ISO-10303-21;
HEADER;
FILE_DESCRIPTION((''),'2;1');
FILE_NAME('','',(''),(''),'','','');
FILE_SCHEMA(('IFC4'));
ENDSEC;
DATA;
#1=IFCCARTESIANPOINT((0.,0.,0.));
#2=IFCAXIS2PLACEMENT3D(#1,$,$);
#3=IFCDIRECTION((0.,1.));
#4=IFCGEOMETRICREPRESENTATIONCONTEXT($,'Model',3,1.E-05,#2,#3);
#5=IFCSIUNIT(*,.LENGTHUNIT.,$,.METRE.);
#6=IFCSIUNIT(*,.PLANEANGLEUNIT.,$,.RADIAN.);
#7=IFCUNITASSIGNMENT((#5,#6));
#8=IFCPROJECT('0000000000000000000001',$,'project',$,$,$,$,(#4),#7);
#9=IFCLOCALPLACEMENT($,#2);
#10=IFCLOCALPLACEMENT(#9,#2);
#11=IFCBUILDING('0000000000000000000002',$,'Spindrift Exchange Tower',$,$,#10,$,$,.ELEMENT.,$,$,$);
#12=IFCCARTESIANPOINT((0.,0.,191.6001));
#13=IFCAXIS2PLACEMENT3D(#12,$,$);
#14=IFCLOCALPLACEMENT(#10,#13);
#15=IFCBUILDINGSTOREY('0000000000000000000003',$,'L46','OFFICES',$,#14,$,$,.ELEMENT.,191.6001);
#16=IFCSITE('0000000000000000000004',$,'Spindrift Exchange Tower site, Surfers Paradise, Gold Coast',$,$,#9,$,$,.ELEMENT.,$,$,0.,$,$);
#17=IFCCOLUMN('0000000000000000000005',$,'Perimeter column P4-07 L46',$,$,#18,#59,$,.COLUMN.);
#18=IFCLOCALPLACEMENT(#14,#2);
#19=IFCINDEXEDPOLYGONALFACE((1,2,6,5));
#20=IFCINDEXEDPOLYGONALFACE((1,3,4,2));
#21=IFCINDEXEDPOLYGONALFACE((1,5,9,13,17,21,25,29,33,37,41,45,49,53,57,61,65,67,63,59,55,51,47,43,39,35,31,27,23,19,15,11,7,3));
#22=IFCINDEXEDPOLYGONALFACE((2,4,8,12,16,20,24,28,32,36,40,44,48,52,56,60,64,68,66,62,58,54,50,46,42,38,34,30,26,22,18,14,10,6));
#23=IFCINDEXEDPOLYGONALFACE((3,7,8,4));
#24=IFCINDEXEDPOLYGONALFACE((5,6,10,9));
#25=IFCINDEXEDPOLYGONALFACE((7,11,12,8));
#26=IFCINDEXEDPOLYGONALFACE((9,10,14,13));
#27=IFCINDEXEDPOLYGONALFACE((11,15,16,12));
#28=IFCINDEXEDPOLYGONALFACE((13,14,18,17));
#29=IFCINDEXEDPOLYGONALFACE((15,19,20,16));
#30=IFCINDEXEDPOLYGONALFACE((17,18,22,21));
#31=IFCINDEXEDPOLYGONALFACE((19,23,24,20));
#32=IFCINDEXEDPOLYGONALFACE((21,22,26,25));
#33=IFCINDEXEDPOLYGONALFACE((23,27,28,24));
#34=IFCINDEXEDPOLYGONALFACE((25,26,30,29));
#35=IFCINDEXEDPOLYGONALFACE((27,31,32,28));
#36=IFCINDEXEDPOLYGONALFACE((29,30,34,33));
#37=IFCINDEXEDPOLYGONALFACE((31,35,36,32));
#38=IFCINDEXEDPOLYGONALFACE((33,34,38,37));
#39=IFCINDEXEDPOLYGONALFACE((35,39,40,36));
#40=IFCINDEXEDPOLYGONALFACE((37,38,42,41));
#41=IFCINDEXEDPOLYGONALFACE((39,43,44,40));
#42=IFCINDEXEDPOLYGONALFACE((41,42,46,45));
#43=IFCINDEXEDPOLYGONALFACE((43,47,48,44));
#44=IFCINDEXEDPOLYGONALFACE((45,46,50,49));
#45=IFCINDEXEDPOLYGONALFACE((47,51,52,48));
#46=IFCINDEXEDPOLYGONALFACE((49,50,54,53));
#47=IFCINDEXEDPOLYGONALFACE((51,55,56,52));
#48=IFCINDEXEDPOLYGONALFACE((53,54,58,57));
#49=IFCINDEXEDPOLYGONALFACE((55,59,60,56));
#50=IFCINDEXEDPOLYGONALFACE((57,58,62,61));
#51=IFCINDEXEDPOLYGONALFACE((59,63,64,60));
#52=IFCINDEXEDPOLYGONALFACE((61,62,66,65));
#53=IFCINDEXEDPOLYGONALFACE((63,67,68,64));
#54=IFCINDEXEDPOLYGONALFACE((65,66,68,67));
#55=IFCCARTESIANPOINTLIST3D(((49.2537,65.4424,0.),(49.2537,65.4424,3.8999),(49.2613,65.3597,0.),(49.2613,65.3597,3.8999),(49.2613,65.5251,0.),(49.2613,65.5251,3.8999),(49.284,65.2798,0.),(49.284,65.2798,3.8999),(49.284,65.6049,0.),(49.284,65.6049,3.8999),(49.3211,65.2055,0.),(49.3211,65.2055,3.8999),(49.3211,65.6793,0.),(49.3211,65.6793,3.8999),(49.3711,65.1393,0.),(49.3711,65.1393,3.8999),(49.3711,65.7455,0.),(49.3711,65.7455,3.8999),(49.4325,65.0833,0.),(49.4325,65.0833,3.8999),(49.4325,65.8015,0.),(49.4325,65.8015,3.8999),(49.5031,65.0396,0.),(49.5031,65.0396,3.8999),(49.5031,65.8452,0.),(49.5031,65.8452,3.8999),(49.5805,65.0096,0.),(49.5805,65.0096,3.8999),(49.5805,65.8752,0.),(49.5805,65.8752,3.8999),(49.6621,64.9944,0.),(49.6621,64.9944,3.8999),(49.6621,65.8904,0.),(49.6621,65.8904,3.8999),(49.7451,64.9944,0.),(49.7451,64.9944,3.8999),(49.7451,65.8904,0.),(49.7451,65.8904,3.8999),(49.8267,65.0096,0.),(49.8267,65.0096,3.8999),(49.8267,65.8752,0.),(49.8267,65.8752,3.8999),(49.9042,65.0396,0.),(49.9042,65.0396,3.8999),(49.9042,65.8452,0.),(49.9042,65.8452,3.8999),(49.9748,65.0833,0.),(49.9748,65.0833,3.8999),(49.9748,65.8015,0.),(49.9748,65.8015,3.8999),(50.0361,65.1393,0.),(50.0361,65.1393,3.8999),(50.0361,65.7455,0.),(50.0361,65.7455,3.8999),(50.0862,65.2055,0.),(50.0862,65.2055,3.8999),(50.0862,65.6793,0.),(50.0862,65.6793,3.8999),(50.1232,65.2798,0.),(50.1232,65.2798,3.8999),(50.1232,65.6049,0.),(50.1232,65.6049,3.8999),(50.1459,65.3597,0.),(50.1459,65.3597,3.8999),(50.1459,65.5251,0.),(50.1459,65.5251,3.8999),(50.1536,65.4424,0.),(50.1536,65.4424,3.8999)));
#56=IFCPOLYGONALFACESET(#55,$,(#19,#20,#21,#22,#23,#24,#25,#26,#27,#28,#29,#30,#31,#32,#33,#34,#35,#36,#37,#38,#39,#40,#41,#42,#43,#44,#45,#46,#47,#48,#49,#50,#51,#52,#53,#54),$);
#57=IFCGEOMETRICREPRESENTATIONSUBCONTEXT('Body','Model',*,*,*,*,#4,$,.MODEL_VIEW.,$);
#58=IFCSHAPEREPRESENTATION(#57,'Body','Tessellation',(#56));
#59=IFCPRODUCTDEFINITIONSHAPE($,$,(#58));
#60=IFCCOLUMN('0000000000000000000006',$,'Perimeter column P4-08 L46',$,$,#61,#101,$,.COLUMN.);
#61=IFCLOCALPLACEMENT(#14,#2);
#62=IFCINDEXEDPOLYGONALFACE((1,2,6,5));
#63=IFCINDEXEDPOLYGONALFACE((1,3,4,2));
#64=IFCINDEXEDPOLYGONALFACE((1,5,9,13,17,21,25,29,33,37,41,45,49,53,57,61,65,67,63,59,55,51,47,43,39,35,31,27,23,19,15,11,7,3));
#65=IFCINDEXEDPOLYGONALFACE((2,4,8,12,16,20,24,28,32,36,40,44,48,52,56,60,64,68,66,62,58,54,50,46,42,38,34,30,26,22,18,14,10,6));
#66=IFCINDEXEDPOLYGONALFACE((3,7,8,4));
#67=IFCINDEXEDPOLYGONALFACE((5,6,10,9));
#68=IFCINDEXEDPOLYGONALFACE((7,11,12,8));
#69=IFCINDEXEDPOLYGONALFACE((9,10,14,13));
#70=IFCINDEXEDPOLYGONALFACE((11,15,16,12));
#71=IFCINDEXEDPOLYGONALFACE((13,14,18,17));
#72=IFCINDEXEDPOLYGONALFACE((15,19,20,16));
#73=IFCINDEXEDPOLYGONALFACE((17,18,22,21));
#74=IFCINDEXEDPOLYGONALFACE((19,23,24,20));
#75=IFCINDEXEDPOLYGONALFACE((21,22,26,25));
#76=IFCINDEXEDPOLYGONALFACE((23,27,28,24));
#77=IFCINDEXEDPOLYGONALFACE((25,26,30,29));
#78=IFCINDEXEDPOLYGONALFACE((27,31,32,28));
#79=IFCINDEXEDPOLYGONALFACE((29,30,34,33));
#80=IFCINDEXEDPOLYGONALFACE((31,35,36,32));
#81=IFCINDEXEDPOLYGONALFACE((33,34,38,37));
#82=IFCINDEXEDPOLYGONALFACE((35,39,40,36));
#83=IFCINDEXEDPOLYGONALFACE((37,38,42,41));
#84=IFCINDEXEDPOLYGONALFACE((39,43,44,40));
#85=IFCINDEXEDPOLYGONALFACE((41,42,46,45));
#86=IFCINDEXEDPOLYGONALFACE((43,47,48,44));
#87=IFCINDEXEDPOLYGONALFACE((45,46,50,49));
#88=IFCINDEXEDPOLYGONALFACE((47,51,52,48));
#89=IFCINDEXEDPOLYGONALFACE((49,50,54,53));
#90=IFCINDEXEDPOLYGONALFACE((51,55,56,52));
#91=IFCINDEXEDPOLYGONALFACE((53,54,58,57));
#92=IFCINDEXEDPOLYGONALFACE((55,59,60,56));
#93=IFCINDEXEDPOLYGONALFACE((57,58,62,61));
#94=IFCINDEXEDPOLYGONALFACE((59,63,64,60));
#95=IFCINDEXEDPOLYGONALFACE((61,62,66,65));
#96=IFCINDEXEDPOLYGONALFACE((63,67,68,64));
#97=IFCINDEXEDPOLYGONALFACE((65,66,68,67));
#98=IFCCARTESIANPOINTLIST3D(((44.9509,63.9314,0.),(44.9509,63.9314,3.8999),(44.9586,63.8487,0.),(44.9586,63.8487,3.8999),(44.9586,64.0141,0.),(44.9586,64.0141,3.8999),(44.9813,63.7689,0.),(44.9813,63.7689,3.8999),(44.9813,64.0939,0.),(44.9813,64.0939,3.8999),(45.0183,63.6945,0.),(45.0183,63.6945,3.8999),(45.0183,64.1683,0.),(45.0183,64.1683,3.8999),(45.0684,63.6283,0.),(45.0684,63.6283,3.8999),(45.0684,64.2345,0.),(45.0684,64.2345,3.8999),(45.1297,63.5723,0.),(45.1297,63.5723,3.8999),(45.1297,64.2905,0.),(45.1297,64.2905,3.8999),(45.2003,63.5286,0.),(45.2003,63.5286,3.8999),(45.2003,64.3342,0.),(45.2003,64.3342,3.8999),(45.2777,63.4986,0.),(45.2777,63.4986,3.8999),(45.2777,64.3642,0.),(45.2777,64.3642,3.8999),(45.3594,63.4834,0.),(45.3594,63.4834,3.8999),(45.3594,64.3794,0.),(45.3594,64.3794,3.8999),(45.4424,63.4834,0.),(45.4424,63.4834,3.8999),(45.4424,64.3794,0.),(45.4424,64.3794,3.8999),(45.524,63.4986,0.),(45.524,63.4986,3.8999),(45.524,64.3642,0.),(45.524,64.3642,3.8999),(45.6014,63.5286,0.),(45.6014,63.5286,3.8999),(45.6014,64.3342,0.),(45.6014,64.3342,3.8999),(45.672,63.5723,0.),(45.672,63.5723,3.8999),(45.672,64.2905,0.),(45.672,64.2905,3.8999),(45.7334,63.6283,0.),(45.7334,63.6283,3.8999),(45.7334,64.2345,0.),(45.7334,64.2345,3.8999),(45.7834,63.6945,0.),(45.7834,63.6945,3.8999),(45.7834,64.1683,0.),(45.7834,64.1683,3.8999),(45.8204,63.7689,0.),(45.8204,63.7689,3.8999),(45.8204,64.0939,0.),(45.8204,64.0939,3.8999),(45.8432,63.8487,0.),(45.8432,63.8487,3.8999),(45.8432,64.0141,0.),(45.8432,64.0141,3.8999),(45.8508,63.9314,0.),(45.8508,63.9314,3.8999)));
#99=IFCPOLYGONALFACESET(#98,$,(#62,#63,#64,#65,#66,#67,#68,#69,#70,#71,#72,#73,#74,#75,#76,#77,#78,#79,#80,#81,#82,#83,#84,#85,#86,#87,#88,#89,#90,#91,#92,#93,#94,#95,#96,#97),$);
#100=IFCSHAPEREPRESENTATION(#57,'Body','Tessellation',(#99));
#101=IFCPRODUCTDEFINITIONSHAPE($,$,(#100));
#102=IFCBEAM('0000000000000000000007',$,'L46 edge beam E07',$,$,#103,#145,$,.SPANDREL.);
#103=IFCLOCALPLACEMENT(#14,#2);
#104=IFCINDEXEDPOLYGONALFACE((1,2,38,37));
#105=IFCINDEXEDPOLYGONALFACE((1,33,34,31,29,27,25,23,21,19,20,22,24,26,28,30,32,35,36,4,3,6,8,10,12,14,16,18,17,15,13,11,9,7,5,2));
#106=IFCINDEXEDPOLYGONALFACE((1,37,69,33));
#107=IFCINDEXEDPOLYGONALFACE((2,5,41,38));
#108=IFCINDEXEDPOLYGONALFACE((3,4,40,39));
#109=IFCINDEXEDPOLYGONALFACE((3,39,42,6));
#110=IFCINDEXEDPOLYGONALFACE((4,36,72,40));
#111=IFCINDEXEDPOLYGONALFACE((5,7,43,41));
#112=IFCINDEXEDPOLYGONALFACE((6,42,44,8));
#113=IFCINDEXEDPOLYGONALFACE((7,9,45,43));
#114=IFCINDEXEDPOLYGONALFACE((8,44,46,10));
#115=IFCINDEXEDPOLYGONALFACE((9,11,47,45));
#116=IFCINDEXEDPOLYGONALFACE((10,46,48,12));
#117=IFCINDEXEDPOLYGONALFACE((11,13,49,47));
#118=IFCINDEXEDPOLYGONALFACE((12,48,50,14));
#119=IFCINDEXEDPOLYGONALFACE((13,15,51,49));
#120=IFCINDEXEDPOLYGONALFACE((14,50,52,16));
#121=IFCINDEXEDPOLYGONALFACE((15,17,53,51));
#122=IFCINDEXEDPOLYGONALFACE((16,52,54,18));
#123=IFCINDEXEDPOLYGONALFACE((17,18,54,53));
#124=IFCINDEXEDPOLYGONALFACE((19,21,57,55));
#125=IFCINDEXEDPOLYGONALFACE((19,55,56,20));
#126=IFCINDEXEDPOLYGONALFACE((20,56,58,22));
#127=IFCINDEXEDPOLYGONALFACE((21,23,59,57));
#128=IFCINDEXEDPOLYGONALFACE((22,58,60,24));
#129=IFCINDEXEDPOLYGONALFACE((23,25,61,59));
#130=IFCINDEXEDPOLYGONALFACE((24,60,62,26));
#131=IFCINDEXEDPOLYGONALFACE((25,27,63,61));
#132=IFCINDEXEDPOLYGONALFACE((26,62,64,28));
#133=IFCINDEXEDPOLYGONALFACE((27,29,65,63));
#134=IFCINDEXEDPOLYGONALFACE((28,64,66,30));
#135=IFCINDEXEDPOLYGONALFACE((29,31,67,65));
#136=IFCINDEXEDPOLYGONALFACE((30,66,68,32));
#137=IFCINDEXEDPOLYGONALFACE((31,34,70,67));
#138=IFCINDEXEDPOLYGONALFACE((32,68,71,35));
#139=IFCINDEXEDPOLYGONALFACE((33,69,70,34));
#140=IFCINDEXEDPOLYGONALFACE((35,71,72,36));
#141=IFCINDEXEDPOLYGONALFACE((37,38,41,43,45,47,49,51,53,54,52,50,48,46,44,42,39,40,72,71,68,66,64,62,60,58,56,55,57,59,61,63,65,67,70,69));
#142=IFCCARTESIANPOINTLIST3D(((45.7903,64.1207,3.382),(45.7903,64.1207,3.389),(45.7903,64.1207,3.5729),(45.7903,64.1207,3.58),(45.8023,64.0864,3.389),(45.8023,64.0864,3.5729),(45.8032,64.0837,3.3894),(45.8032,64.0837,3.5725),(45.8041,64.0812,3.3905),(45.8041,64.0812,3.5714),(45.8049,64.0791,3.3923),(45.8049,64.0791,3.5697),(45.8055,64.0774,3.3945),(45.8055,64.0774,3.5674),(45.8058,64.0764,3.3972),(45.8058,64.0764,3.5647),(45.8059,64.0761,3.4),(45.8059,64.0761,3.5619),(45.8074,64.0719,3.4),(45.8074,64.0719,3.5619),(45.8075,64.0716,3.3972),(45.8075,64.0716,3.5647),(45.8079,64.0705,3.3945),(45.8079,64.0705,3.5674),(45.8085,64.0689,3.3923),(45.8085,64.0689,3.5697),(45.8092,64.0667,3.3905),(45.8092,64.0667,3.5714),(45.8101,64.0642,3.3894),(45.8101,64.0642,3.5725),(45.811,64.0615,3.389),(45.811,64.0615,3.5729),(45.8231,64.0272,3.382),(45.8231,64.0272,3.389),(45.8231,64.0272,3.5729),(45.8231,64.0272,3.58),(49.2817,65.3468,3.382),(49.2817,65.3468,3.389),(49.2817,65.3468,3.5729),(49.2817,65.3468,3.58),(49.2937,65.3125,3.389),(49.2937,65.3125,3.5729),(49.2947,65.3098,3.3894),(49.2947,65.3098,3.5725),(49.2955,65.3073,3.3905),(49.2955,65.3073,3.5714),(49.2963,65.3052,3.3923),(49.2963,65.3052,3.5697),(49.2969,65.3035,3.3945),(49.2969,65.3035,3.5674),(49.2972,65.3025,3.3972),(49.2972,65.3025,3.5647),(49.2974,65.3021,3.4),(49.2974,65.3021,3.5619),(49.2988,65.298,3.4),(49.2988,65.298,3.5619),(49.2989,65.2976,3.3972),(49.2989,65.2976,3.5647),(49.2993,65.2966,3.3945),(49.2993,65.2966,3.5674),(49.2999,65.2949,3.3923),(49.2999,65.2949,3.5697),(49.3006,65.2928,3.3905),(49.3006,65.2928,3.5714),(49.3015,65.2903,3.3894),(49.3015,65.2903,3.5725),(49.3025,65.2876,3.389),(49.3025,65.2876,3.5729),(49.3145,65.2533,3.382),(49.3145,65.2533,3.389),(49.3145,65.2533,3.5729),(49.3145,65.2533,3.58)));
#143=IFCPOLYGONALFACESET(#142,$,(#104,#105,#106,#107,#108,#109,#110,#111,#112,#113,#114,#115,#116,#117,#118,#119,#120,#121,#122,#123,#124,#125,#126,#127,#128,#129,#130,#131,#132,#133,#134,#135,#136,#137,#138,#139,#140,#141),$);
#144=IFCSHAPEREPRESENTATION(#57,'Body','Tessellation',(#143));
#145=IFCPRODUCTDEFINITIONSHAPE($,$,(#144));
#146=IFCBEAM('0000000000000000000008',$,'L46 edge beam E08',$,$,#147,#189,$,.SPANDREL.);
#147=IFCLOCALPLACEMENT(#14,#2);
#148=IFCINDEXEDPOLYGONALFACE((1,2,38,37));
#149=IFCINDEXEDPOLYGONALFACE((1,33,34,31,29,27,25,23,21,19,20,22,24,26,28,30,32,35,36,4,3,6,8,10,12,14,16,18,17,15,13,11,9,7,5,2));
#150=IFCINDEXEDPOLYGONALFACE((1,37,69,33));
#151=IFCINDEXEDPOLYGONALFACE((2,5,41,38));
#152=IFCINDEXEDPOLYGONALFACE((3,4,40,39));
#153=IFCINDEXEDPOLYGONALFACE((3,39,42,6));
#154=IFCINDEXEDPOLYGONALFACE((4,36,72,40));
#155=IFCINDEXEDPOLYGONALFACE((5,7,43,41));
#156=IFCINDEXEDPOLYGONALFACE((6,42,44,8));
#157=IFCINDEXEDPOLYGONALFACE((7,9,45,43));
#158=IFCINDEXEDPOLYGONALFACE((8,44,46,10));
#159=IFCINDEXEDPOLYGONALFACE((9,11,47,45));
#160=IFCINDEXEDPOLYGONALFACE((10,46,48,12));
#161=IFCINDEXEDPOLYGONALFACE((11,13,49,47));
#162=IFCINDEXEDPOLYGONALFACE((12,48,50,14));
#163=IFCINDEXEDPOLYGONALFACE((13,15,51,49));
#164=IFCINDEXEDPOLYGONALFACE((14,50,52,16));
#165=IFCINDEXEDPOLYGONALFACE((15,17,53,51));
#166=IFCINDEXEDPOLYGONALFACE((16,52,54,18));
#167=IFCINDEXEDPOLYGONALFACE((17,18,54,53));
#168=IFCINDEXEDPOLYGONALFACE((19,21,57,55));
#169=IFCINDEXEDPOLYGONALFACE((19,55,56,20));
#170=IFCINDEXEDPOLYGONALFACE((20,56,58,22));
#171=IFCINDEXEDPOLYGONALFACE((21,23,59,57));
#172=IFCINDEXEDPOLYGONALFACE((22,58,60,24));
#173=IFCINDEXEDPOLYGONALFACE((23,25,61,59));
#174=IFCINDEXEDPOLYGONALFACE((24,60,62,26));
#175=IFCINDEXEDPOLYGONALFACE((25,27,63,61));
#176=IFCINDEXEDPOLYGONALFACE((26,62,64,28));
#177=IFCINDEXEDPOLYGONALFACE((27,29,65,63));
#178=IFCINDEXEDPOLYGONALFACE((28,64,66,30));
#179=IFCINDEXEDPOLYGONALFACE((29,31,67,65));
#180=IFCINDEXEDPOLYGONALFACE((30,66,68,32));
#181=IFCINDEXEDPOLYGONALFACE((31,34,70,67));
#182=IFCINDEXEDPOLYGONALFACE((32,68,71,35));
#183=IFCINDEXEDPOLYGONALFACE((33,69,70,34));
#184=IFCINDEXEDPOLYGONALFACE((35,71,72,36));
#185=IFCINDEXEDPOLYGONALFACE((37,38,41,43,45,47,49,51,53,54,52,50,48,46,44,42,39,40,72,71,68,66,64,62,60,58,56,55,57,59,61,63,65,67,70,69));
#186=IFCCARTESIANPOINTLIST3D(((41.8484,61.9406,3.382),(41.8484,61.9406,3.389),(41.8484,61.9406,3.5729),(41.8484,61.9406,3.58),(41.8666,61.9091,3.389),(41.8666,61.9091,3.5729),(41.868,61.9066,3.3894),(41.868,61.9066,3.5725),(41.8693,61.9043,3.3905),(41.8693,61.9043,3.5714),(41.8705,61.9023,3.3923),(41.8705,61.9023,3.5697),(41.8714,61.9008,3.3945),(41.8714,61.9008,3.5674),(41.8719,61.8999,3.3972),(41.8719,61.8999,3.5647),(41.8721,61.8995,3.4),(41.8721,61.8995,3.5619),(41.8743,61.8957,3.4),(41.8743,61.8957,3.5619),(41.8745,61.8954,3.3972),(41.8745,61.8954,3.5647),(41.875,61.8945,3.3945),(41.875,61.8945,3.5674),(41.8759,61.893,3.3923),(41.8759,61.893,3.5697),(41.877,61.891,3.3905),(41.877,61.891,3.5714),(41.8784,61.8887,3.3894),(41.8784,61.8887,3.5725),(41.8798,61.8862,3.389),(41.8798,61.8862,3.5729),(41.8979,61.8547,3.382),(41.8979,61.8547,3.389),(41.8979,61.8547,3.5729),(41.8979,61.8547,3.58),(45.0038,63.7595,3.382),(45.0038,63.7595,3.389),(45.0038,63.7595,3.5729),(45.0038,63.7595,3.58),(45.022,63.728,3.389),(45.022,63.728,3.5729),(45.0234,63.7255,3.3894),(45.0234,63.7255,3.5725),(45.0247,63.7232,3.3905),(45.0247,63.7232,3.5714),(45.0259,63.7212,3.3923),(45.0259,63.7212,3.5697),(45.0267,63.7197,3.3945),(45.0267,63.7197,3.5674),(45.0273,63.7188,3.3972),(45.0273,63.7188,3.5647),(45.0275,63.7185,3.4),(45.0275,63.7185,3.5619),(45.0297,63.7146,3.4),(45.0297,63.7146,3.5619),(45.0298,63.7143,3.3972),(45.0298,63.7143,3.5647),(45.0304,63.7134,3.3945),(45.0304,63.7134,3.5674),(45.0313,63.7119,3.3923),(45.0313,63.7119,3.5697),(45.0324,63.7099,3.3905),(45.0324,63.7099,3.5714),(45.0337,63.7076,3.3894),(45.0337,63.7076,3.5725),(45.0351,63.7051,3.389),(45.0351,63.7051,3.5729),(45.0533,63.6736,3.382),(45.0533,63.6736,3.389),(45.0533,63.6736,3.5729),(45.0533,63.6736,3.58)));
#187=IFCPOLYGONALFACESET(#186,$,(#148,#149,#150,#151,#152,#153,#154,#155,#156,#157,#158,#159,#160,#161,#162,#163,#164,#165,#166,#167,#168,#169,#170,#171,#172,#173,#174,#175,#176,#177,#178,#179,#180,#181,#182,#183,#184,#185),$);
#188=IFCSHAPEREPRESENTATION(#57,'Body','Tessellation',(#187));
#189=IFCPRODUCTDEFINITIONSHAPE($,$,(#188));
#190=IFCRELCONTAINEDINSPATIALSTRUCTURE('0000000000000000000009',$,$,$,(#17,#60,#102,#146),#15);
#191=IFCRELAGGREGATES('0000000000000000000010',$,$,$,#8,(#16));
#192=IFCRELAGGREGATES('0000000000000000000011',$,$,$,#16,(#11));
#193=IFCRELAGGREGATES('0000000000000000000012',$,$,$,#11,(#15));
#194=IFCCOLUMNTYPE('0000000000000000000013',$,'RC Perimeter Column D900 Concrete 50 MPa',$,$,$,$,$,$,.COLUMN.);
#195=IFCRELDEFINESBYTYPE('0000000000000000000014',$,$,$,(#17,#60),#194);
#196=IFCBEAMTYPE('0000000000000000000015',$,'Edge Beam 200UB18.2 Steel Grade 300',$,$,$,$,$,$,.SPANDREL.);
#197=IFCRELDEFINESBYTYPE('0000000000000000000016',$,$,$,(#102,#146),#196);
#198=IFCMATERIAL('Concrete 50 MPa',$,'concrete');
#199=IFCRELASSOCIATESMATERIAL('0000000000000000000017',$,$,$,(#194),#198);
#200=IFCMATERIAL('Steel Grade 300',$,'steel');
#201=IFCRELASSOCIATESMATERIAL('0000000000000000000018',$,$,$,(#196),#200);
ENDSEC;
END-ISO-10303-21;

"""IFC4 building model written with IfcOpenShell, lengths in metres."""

from ifc_helpers import new_model, si_unit, direction, frame, origin, origin_2d, place, context, subcontext, project, spatial, circle, i_section, extrude, source, transform, mapped, material, material_profile, profile_set, type_object, element, save


model = new_model("IFC4")

# Units and contexts
model_context = context("Model", 3, precision=1e-05, world=origin(), true_north=direction((0.0, 1.0)))
body_context = subcontext(model_context, "Body", "Model", "MODEL_VIEW")
ifc_project = project(units=[si_unit("LENGTHUNIT", "METRE"), si_unit("PLANEANGLEUNIT", "RADIAN")], contexts=[model_context])

# Site, building, storey
site_placement = place(None, origin())
site = spatial("IfcSite", under=ifc_project, at=site_placement, Name="Spindrift Exchange Tower site, Surfers Paradise, Gold Coast", CompositionType="ELEMENT", RefElevation=0.0)
building_placement = place(site_placement, origin())
building = spatial("IfcBuilding", under=site, at=building_placement, Name="Spindrift Exchange Tower", CompositionType="ELEMENT")
storey_placement = place(building_placement, frame((0.0, 0.0, 191.6001)))
storey = spatial("IfcBuildingStorey", under=building, at=storey_placement, Name="L46", Description="OFFICES", CompositionType="ELEMENT", Elevation=191.6001)

# Columns
ifc_material_1 = material(Name="Concrete 50 MPa", Category="concrete")
ifc_material_profile_1 = material_profile(ifc_material_1, circle(Radius=0.45, at=origin_2d()), Name="RC D900")
ifc_profile_set_1 = profile_set([ifc_material_profile_1], Name="Concrete 50 MPa")
column_type = type_object("IfcColumnType", Name="RC Perimeter Column D900 Concrete 50 MPa", PredefinedType="COLUMN", material=ifc_profile_set_1)
shared_shape_1 = source(origin(), body_context, "Body", "SweptSolid", [
    extrude(circle(Radius=0.45, at=origin_2d()), origin(), (0.0, 0.0, 1.0), 3.8999),
])
for number, where, z_axis, x_axis, name in (
    (1, (49.7036, 65.4424, 0.0), (0.0, 0.0, 1.0), (1.0, 0.0, 0.0), "Perimeter column P4-07 L46"),
    (2, (45.4009, 63.9314, 0.0), (0.0, 0.0, 1.0), (1.0, 0.0, 0.0), "Perimeter column P4-08 L46"),
):
    element("IfcColumn", number, at=place(storey_placement, frame(where, z_axis=z_axis, x_axis=x_axis)), inside=storey, type_object=column_type, Name=name, PredefinedType="COLUMN", context=body_context, shape_type="MappedRepresentation", body=[
        mapped(shared_shape_1, transform((0.0, 0.0, 0.0), scale=1.0)),
    ])

# Beams
ifc_material_2 = material(Name="Steel Grade 300", Category="steel")
ifc_material_profile_2 = material_profile(ifc_material_2, i_section(OverallWidth=0.0991, OverallDepth=0.198, WebThickness=0.0044, FlangeThickness=0.0071, FilletRadius=0.011, at=origin_2d()), Name="200UB18.2")
ifc_profile_set_2 = profile_set([ifc_material_profile_2], Name="Steel Grade 300")
beam_type_1 = type_object("IfcBeamType", Name="Edge Beam 200UB18.2 Steel Grade 300", PredefinedType="SPANDREL", material=ifc_profile_set_2)
shared_shape_2 = source(origin(), body_context, "Body", "SweptSolid", [
    extrude(i_section(OverallWidth=0.0991, OverallDepth=0.198, WebThickness=0.0044, FlangeThickness=0.0071, FilletRadius=0.011, at=origin_2d()), origin(), (0.0, 0.0, 1.0), 3.7004),
])
beam_1_placement = place(storey_placement, frame((49.2981, 65.3, 3.481), z_axis=(-0.943515, -0.331329, 0.0), x_axis=(0.331329, -0.943515, 0.0)))
element("IfcBeam", 3, at=beam_1_placement, inside=storey, type_object=beam_type_1, Name="L46 edge beam E07", PredefinedType="SPANDREL", context=body_context, shape_type="MappedRepresentation", body=[
    mapped(shared_shape_2, transform((0.0, 0.0, 0.0), scale=1.0)),
])
shared_shape_3 = source(origin(), body_context, "Body", "SweptSolid", [
    extrude(i_section(OverallWidth=0.0991, OverallDepth=0.198, WebThickness=0.0044, FlangeThickness=0.0071, FilletRadius=0.011, at=origin_2d()), origin(), (0.0, 0.0, 1.0), 3.6421),
])
beam_2_placement = place(storey_placement, frame((45.0286, 63.7166, 3.481), z_axis=(-0.866364, -0.499413, 0.0), x_axis=(0.499413, -0.866364, 0.0)))
element("IfcBeam", 4, at=beam_2_placement, inside=storey, type_object=beam_type_1, Name="L46 edge beam E08", PredefinedType="SPANDREL", context=body_context, shape_type="MappedRepresentation", body=[
    mapped(shared_shape_3, transform((0.0, 0.0, 0.0), scale=1.0)),
])

save(model, "model.ifc")
